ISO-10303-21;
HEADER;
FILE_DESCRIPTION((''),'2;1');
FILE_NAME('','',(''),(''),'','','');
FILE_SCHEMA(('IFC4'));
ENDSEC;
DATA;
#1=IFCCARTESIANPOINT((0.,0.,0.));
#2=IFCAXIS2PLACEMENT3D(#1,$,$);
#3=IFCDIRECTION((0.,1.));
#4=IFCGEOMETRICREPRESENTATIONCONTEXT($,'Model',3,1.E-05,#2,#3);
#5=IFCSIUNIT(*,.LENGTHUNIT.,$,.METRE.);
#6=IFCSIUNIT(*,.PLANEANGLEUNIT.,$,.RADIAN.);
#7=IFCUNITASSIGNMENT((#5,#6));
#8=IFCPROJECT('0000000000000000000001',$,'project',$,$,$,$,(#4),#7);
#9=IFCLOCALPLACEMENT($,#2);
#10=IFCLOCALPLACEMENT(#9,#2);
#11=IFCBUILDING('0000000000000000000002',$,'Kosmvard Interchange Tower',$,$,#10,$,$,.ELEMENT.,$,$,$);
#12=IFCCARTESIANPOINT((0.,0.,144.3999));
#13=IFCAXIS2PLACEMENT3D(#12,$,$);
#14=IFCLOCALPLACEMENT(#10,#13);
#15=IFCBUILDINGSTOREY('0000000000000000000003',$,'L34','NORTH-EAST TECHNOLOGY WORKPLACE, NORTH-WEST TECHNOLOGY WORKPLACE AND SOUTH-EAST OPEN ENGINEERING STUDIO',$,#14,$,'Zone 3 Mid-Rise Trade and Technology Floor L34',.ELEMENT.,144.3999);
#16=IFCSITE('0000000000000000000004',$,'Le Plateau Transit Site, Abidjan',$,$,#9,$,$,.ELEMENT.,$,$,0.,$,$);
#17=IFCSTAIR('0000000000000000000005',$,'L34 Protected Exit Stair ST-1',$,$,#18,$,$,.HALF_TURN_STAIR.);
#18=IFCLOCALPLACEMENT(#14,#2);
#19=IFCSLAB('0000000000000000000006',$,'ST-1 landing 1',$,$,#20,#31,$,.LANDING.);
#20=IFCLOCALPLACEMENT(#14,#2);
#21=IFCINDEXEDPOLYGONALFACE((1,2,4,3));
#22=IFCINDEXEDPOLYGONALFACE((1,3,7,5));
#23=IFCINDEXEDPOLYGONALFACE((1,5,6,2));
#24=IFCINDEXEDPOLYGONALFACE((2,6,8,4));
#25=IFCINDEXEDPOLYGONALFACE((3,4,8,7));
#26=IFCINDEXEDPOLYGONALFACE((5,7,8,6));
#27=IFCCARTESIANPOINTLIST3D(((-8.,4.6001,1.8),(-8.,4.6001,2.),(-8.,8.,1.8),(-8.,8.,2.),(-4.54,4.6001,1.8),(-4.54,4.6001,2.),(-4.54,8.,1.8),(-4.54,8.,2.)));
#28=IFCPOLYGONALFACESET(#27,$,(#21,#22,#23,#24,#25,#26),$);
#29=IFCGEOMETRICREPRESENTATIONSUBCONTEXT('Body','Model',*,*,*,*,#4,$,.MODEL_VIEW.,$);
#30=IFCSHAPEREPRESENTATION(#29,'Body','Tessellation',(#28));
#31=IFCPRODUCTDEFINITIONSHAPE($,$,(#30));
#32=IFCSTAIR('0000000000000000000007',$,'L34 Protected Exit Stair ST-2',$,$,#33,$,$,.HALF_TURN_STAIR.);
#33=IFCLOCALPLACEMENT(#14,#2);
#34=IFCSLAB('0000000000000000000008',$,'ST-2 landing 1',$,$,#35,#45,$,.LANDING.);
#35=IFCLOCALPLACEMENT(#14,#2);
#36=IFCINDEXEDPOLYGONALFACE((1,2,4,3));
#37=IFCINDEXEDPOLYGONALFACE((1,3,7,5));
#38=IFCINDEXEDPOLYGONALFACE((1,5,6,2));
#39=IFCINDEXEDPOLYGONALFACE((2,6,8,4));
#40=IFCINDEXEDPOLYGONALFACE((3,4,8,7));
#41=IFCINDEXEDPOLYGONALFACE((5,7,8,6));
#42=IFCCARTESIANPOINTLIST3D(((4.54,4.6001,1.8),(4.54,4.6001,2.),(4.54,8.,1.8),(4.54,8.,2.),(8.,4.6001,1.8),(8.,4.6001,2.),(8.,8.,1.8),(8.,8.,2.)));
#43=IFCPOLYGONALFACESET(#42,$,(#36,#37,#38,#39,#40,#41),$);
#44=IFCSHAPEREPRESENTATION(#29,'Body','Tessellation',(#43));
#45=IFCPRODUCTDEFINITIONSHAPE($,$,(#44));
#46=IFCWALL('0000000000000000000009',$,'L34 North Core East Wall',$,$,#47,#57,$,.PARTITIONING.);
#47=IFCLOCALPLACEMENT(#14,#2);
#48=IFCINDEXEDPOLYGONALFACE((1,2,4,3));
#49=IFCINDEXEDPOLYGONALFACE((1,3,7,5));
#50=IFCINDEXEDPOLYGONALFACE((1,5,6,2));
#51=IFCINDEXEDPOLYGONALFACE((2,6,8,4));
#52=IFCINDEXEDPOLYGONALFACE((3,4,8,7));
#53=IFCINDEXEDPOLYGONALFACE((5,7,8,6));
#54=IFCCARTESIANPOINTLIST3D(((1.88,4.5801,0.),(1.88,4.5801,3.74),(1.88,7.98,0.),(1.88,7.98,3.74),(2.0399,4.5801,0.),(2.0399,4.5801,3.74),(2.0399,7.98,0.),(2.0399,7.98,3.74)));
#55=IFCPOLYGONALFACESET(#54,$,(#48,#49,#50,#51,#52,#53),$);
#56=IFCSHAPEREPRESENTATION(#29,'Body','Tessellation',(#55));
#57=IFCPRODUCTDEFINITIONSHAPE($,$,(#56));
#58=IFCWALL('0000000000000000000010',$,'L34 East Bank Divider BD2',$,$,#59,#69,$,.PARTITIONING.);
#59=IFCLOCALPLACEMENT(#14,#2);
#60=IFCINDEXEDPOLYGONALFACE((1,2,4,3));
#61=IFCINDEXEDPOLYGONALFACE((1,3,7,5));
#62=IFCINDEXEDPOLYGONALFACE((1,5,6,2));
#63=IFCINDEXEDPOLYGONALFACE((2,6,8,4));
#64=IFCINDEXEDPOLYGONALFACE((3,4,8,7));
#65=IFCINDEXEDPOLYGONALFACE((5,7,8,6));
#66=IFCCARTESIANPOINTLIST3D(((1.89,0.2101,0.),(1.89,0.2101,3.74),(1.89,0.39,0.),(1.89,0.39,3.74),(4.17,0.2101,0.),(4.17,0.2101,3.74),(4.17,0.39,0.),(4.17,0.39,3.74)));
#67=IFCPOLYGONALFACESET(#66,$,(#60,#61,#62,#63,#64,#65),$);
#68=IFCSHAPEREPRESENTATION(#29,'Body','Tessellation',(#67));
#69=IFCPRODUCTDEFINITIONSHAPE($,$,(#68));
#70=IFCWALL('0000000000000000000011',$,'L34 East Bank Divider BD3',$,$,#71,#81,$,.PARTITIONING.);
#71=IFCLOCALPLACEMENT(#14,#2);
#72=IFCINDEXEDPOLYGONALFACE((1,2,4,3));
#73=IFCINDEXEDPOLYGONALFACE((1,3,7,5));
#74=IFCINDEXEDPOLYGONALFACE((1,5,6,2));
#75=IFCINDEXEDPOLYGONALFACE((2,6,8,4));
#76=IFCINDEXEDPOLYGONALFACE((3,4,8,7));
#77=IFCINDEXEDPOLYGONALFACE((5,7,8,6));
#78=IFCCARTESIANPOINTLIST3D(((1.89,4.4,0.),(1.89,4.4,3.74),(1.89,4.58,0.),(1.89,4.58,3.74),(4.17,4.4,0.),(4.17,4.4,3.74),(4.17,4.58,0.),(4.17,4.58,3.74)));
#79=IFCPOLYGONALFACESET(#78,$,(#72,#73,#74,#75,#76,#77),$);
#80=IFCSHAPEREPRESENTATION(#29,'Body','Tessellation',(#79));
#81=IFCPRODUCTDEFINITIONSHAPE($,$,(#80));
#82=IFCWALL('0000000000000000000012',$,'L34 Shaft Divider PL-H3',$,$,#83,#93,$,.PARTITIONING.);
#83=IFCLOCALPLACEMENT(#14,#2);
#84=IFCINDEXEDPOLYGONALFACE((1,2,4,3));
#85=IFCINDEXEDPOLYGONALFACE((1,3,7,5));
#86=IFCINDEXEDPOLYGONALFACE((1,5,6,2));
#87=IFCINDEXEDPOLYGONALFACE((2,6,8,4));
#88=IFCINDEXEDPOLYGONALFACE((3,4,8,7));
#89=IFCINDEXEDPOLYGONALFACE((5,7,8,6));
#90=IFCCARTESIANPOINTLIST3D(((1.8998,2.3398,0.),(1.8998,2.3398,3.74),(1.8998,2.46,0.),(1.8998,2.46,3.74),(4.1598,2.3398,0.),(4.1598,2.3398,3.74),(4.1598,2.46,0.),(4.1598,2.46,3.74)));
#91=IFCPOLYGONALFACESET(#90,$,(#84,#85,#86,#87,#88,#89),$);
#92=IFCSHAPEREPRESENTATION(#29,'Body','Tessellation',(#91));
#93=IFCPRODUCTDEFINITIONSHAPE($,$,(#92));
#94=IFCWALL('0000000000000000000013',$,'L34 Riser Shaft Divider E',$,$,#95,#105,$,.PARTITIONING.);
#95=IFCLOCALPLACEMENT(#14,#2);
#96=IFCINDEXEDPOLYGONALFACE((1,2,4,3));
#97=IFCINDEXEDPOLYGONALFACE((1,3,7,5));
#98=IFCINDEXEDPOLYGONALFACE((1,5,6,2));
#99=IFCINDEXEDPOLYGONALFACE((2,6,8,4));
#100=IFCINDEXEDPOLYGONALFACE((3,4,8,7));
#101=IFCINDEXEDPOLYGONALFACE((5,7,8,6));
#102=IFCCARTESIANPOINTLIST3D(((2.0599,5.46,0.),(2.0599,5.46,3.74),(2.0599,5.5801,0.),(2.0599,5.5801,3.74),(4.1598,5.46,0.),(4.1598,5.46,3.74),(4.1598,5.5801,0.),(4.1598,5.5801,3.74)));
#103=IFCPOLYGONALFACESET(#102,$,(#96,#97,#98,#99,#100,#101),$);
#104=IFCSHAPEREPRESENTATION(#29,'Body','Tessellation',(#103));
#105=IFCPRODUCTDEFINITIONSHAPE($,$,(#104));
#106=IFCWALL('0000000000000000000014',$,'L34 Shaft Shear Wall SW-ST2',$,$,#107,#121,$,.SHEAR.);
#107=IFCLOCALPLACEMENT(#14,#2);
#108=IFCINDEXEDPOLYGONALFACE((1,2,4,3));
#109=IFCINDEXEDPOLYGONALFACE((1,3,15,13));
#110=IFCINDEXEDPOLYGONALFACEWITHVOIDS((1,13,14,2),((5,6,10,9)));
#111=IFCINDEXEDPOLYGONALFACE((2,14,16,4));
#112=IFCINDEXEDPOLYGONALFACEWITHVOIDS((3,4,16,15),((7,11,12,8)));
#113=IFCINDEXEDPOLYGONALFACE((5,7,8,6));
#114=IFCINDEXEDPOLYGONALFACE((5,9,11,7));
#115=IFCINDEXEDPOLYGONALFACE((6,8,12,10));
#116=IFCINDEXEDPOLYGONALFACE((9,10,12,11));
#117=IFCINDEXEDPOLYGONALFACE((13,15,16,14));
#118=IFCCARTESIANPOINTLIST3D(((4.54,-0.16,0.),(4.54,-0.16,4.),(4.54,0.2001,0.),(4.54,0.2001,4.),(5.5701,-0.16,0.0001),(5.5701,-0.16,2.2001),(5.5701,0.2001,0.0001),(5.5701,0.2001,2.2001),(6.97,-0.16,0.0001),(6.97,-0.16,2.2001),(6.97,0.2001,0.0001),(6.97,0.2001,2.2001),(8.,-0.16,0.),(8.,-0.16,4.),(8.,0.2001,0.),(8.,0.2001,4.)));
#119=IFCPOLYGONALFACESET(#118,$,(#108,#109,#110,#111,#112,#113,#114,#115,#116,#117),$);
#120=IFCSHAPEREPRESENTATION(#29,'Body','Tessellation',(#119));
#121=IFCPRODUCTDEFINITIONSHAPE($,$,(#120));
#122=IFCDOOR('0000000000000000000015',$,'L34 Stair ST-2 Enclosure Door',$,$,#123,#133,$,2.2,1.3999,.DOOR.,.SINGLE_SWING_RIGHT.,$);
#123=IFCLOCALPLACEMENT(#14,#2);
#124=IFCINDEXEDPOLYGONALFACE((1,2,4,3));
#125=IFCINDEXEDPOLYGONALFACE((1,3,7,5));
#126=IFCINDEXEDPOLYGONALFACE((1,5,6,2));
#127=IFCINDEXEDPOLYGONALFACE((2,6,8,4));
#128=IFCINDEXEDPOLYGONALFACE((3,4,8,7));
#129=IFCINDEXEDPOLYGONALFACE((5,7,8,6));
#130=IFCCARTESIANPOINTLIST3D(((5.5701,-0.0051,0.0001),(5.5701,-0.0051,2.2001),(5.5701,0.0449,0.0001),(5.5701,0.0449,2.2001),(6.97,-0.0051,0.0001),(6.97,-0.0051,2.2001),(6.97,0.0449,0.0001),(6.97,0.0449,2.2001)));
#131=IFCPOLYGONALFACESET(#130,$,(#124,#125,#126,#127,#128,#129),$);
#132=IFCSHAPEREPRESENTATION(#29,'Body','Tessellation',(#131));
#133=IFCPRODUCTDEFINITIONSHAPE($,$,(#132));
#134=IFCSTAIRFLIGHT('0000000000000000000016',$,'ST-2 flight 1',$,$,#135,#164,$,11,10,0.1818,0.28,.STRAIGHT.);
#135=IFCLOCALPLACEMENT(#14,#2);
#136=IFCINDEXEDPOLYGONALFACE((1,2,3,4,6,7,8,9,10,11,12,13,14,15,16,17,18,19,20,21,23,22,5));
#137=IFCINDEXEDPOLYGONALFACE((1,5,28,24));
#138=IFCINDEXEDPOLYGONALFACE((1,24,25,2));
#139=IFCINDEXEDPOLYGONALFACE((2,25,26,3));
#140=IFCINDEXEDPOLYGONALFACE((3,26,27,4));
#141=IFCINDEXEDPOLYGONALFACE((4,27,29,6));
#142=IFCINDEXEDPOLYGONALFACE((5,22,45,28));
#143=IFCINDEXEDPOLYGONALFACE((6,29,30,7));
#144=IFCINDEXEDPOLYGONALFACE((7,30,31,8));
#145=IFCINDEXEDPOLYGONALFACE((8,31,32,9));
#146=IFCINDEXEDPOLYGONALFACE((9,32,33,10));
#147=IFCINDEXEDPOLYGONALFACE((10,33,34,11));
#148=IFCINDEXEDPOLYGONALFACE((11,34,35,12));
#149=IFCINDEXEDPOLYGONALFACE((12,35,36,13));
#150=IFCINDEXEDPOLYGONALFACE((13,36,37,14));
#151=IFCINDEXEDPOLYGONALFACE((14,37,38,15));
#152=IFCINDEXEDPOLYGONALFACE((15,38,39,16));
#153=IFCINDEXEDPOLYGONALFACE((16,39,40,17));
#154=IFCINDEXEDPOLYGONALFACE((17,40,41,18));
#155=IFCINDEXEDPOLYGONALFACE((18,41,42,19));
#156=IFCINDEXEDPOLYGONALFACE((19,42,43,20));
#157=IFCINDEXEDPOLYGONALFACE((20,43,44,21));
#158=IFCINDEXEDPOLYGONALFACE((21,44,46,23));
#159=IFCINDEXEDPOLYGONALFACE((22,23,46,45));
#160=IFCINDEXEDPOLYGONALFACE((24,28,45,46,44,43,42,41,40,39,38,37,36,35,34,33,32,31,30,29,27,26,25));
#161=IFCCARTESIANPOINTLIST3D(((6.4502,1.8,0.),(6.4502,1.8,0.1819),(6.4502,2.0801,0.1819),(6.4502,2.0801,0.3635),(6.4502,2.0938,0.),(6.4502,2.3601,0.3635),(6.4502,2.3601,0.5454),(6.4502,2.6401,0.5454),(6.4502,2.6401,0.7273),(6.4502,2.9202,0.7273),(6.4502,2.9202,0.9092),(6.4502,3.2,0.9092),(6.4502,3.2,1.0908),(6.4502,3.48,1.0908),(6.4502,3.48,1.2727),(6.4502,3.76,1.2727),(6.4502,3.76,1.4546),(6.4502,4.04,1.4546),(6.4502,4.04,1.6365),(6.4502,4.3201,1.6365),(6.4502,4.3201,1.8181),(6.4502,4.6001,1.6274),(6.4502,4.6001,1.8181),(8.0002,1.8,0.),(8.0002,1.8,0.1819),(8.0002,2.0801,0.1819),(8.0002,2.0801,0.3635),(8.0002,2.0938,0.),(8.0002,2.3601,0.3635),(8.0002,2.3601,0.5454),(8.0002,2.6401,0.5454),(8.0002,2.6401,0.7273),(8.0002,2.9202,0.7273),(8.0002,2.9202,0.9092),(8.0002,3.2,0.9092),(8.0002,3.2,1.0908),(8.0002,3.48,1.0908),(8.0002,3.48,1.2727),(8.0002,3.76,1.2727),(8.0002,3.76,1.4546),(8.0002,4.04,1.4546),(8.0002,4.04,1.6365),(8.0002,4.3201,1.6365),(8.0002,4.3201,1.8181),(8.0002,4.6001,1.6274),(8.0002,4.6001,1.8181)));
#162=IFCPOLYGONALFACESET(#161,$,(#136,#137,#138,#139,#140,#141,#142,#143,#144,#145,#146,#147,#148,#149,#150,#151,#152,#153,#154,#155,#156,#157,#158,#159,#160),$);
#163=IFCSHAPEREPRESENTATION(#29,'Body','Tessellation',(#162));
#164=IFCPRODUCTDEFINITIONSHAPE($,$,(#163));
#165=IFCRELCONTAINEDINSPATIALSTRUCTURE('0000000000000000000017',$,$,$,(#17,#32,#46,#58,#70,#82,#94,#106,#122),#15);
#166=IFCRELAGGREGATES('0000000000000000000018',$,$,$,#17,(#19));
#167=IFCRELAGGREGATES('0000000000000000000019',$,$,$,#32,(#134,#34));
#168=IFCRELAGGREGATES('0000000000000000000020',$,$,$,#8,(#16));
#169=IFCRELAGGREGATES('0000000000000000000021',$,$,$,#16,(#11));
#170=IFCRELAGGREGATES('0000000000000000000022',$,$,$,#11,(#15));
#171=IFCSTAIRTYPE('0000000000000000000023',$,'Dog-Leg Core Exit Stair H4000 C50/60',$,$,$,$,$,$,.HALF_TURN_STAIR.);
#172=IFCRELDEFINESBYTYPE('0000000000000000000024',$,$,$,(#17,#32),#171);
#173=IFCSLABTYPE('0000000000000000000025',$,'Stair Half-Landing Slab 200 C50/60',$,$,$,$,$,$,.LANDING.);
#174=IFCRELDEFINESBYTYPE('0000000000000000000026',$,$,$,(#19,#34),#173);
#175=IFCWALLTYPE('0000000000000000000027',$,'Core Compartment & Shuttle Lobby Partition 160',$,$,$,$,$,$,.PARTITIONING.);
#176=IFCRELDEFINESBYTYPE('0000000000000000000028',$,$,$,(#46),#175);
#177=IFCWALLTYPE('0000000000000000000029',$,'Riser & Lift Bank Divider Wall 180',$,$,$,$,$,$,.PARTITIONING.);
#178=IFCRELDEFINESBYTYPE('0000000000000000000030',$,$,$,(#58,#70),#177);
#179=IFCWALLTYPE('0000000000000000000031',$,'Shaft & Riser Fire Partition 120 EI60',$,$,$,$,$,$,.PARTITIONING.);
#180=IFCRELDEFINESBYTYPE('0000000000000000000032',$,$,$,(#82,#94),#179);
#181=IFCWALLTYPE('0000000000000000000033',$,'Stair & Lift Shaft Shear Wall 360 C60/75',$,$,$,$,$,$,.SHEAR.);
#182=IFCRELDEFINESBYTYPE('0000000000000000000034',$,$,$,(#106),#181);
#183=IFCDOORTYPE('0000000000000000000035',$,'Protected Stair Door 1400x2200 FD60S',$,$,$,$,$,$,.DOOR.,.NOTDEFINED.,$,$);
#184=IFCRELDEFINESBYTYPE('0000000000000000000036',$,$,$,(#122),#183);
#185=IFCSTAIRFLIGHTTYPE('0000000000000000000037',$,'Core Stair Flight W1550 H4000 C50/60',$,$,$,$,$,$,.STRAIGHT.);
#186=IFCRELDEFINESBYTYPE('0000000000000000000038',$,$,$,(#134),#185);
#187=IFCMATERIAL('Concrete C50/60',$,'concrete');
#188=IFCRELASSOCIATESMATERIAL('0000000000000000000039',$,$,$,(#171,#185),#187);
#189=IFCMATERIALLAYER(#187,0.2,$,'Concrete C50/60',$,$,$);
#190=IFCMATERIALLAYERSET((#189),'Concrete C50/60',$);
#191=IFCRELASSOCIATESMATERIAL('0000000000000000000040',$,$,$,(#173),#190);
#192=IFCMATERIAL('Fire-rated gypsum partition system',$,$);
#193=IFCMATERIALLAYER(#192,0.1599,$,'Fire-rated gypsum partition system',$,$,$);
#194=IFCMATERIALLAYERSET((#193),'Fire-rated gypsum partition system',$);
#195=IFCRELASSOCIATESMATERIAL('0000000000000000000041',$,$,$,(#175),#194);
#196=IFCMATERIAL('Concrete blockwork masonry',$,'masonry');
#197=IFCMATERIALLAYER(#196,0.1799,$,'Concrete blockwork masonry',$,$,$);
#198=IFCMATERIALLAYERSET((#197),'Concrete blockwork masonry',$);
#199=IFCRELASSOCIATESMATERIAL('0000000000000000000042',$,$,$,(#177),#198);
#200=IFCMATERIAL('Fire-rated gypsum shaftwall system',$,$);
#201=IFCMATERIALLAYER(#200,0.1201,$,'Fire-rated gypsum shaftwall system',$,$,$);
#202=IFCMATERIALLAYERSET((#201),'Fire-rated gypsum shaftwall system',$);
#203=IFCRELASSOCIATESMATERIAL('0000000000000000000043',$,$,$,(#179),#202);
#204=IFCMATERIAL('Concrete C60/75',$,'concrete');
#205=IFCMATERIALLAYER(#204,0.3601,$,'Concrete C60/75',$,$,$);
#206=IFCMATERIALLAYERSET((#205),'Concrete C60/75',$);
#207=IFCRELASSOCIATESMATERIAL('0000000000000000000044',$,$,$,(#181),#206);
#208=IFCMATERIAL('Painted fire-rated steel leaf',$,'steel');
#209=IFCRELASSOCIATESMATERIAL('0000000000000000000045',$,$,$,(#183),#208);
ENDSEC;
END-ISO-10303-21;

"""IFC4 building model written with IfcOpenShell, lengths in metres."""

from ifc_helpers import new_model, si_unit, direction, frame, frame_2d, origin, place, context, subcontext, project, spatial, polyline, rectangle, outline, extrude, source, transform, mapped, material, layer, layer_set, type_object, element, fill, aggregate, save


model = new_model("IFC4")

# Units and contexts
model_context = context("Model", 3, precision=1e-05, world=origin(), true_north=direction((0.0, 1.0)))
body_context = subcontext(model_context, "Body", "Model", "MODEL_VIEW")
ifc_project = project(units=[si_unit("LENGTHUNIT", "METRE"), si_unit("PLANEANGLEUNIT", "RADIAN")], contexts=[model_context])

# Site, building, storey
site_placement = place(None, origin())
site = spatial("IfcSite", under=ifc_project, at=site_placement, Name="Le Plateau Transit Site, Abidjan", CompositionType="ELEMENT", RefElevation=0.0)
building_placement = place(site_placement, origin())
building = spatial("IfcBuilding", under=site, at=building_placement, Name="Kosmvard Interchange Tower", CompositionType="ELEMENT")
storey_placement = place(building_placement, frame((0.0, 0.0, 144.3999)))
storey = spatial("IfcBuildingStorey", under=building, at=storey_placement, Name="L34", Description="NORTH-EAST TECHNOLOGY WORKPLACE, NORTH-WEST TECHNOLOGY WORKPLACE AND SOUTH-EAST OPEN ENGINEERING STUDIO", LongName="Zone 3 Mid-Rise Trade and Technology Floor L34", CompositionType="ELEMENT", Elevation=144.3999)

# Shared definitions
ifc_material_1 = material(Name="Concrete C60/75", Category="concrete")

# Stairs, slabs
ifc_material_2 = material(Name="Concrete C50/60", Category="concrete")
stair_type = type_object("IfcStairType", Name="Dog-Leg Core Exit Stair H4000 C50/60", PredefinedType="HALF_TURN_STAIR", material=ifc_material_2)
stair_1_placement = place(storey_placement, origin())
stair_1 = element("IfcStair", 1, at=stair_1_placement, inside=storey, type_object=stair_type, Name="L34 Protected Exit Stair ST-1", PredefinedType="HALF_TURN_STAIR")
ifc_layer_1 = layer(ifc_material_2, 0.2, Name="Concrete C50/60")
ifc_layer_set_1 = layer_set([ifc_layer_1], Name="Concrete C50/60")
slab_type = type_object("IfcSlabType", Name="Stair Half-Landing Slab 200 C50/60", PredefinedType="LANDING", material=ifc_layer_set_1)
slab_1_placement = place(storey_placement, frame((0.0, 0.0, 1.8)))
slab_1 = element("IfcSlab", 2, at=slab_1_placement, type_object=slab_type, Name="ST-1 landing 1", PredefinedType="LANDING", context=body_context, shape_type="SweptSolid", body=[
    extrude(outline(polyline([(-4.54, 4.6001), (-4.54, 8.0), (-8.0, 8.0), (-8.0, 4.6001), (-4.54, 4.6001)])), origin(), (0.0, 0.0, 1.0), 0.2),
])
aggregate(stair_1, [slab_1])
stair_2_placement = place(storey_placement, origin())
stair_2 = element("IfcStair", 3, at=stair_2_placement, inside=storey, type_object=stair_type, Name="L34 Protected Exit Stair ST-2", PredefinedType="HALF_TURN_STAIR")
slab_2_placement = place(storey_placement, frame((0.0, 0.0, 1.8)))
slab_2 = element("IfcSlab", 4, at=slab_2_placement, type_object=slab_type, Name="ST-2 landing 1", PredefinedType="LANDING", context=body_context, shape_type="SweptSolid", body=[
    extrude(outline(polyline([(8.0, 4.6001), (8.0, 8.0), (4.54, 8.0), (4.54, 4.6001), (8.0, 4.6001)])), origin(), (0.0, 0.0, 1.0), 0.2),
])

# Walls
ifc_material_3 = material(Name="Fire-rated gypsum partition system")
ifc_layer_2 = layer(ifc_material_3, 0.1599, Name="Fire-rated gypsum partition system")
ifc_layer_set_2 = layer_set([ifc_layer_2], Name="Fire-rated gypsum partition system")
wall_type_1 = type_object("IfcWallType", Name="Core Compartment & Shuttle Lobby Partition 160", PredefinedType="PARTITIONING", material=ifc_layer_set_2)
wall_1_placement = place(storey_placement, frame((1.96, 4.5801, 0.0), z_axis=(0.0, 0.0, 1.0), x_axis=(0.0, 1.0, 0.0)))
element("IfcWall", 5, at=wall_1_placement, inside=storey, type_object=wall_type_1, Name="L34 North Core East Wall", PredefinedType="PARTITIONING", context=body_context, shape_type="SweptSolid", body=[
    extrude(rectangle(XDim=3.3999, YDim=0.1599, at=frame_2d((1.7, 0.0))), origin(), (0.0, 0.0, 1.0), 3.74),
])
ifc_material_4 = material(Name="Concrete blockwork masonry", Category="masonry")
ifc_layer_3 = layer(ifc_material_4, 0.1799, Name="Concrete blockwork masonry")
ifc_layer_set_3 = layer_set([ifc_layer_3], Name="Concrete blockwork masonry")
wall_type_2 = type_object("IfcWallType", Name="Riser & Lift Bank Divider Wall 180", PredefinedType="PARTITIONING", material=ifc_layer_set_3)
for number, where, z_axis, x_axis, name in (
    (6, (1.8899, 0.3, 0.0), (0.0, 0.0, 1.0), (1.0, 0.0, 0.0), "L34 East Bank Divider BD2"),
    (7, (1.8899, 4.49, 0.0), (0.0, 0.0, 1.0), (1.0, 0.0, 0.0), "L34 East Bank Divider BD3"),
):
    element("IfcWall", number, at=place(storey_placement, frame(where, z_axis=z_axis, x_axis=x_axis)), inside=storey, type_object=wall_type_2, Name=name, PredefinedType="PARTITIONING", context=body_context, shape_type="SweptSolid", body=[
        extrude(rectangle(XDim=2.28, YDim=0.1799, at=frame_2d((1.1401, 0.0))), origin(), (0.0, 0.0, 1.0), 3.74),
    ])
ifc_material_5 = material(Name="Fire-rated gypsum shaftwall system")
ifc_layer_4 = layer(ifc_material_5, 0.1201, Name="Fire-rated gypsum shaftwall system")
ifc_layer_set_4 = layer_set([ifc_layer_4], Name="Fire-rated gypsum shaftwall system")
wall_type_3 = type_object("IfcWallType", Name="Shaft & Riser Fire Partition 120 EI60", PredefinedType="PARTITIONING", material=ifc_layer_set_4)
wall_2_placement = place(storey_placement, frame((1.8999, 2.3999, 0.0), z_axis=(0.0, 0.0, 1.0), x_axis=(1.0, 0.0, 0.0)))
element("IfcWall", 8, at=wall_2_placement, inside=storey, type_object=wall_type_3, Name="L34 Shaft Divider PL-H3", PredefinedType="PARTITIONING", context=body_context, shape_type="SweptSolid", body=[
    extrude(rectangle(XDim=2.26, YDim=0.1201, at=frame_2d((1.1299, 0.0))), origin(), (0.0, 0.0, 1.0), 3.74),
])
wall_3_placement = place(storey_placement, frame((2.0601, 5.52, 0.0), z_axis=(0.0, 0.0, 1.0), x_axis=(1.0, 0.0, 0.0)))
element("IfcWall", 9, at=wall_3_placement, inside=storey, type_object=wall_type_3, Name="L34 Riser Shaft Divider E", PredefinedType="PARTITIONING", context=body_context, shape_type="SweptSolid", body=[
    extrude(rectangle(XDim=2.0999, YDim=0.1201, at=frame_2d((1.0498, 0.0))), origin(), (0.0, 0.0, 1.0), 3.74),
])

# Wall, opening, door
ifc_layer_5 = layer(ifc_material_1, 0.3601, Name="Concrete C60/75")
ifc_layer_set_5 = layer_set([ifc_layer_5], Name="Concrete C60/75")
wall_type_4 = type_object("IfcWallType", Name="Stair & Lift Shaft Shear Wall 360 C60/75", PredefinedType="SHEAR", material=ifc_layer_set_5)
wall_4_placement = place(storey_placement, frame((4.54, 0.02, 0.0), z_axis=(0.0, 0.0, 1.0), x_axis=(1.0, 0.0, 0.0)))
wall_4 = element("IfcWall", 10, at=wall_4_placement, inside=storey, type_object=wall_type_4, Name="L34 Shaft Shear Wall SW-ST2", PredefinedType="SHEAR", context=body_context, shape_type="SweptSolid", body=[
    extrude(rectangle(XDim=3.46, YDim=0.3601, at=frame_2d((1.73, 0.0))), origin(), (0.0, 0.0, 1.0), 4.0),
])
opening_placement = place(wall_4_placement, frame((1.03, 0.0, 0.0)))
opening = element("IfcOpeningElement", 11, at=opening_placement, cuts=wall_4, PredefinedType="OPENING", context=body_context, shape_type="SweptSolid", body=[
    extrude(rectangle(XDim=1.3999, YDim=2.2, at=frame_2d((0.7, 1.1001))), frame((0.0, 0.1899, 0.0), z_axis=(0.0, -1.0, 0.0), x_axis=(1.0, 0.0, 0.0)), (0.0, 0.0, 1.0), 0.3801),
])
ifc_material_6 = material(Name="Painted fire-rated steel leaf", Category="steel")
door_type = type_object("IfcDoorType", Name="Protected Stair Door 1400x2200 FD60S", OperationType="NOTDEFINED", PredefinedType="DOOR", material=ifc_material_6)
shared_shape_1 = source(origin(), body_context, "Body", "SweptSolid", [
    extrude(rectangle(XDim=1.3999, YDim=2.2, at=frame_2d((0.7, 1.1001))), frame((0.0, 0.0249, 0.0), z_axis=(0.0, -1.0, 0.0), x_axis=(1.0, 0.0, 0.0)), (0.0, 0.0, 1.0), 0.05),
])
door_placement = place(opening_placement, origin())
door = element("IfcDoor", 12, at=door_placement, inside=storey, type_object=door_type, Name="L34 Stair ST-2 Enclosure Door", OperationType="SINGLE_SWING_RIGHT", OverallHeight=2.2, OverallWidth=1.3999, PredefinedType="DOOR", context=body_context, shape_type="MappedRepresentation", body=[
    mapped(shared_shape_1, transform((0.0, 0.0, 0.0), scale=1.0)),
])
fill(opening, door)

# Stair flight
stair_flight_type = type_object("IfcStairFlightType", Name="Core Stair Flight W1550 H4000 C50/60", PredefinedType="STRAIGHT", material=ifc_material_2)
shared_shape_2 = source(origin(), body_context, "Body", "SweptSolid", [
    extrude(outline(polyline([(0.0, 0.0), (0.0, 0.1819), (0.28, 0.1819), (0.28, 0.3635), (0.5601, 0.3635), (0.5601, 0.5454), (0.8401, 0.5454), (0.8401, 0.7273), (1.1201, 0.7273), (1.1201, 0.9092), (1.3999, 0.9092), (1.3999, 1.0908), (1.6799, 1.0908), (1.6799, 1.2727), (1.96, 1.2727), (1.96, 1.4546), (2.24, 1.4546), (2.24, 1.6365), (2.52, 1.6365), (2.52, 1.8181), (2.8, 1.8181), (2.8, 2.0), (2.8, 1.6274), (0.2937, 0.0), (0.0, 0.0)])), frame((0.0, 0.7749, 0.0), z_axis=(0.0, -1.0, 0.0), x_axis=(1.0, 0.0, 0.0)), (0.0, 0.0, 1.0), 1.55),
])
stair_flight_1_placement = place(storey_placement, frame((7.2251, 1.8, 0.0), z_axis=(0.0, 0.0, 1.0), x_axis=(0.0, 1.0, 0.0)))
stair_flight_1 = element("IfcStairFlight", 13, at=stair_flight_1_placement, type_object=stair_flight_type, Name="ST-2 flight 1", NumberOfRisers=11, NumberOfTreads=10, PredefinedType="STRAIGHT", RiserHeight=0.1818, TreadLength=0.28, context=body_context, shape_type="MappedRepresentation", body=[
    mapped(shared_shape_2, transform((0.0, 0.0, 0.0), scale=1.0)),
])
aggregate(stair_2, [stair_flight_1, slab_2])

save(model, "model.ifc")
